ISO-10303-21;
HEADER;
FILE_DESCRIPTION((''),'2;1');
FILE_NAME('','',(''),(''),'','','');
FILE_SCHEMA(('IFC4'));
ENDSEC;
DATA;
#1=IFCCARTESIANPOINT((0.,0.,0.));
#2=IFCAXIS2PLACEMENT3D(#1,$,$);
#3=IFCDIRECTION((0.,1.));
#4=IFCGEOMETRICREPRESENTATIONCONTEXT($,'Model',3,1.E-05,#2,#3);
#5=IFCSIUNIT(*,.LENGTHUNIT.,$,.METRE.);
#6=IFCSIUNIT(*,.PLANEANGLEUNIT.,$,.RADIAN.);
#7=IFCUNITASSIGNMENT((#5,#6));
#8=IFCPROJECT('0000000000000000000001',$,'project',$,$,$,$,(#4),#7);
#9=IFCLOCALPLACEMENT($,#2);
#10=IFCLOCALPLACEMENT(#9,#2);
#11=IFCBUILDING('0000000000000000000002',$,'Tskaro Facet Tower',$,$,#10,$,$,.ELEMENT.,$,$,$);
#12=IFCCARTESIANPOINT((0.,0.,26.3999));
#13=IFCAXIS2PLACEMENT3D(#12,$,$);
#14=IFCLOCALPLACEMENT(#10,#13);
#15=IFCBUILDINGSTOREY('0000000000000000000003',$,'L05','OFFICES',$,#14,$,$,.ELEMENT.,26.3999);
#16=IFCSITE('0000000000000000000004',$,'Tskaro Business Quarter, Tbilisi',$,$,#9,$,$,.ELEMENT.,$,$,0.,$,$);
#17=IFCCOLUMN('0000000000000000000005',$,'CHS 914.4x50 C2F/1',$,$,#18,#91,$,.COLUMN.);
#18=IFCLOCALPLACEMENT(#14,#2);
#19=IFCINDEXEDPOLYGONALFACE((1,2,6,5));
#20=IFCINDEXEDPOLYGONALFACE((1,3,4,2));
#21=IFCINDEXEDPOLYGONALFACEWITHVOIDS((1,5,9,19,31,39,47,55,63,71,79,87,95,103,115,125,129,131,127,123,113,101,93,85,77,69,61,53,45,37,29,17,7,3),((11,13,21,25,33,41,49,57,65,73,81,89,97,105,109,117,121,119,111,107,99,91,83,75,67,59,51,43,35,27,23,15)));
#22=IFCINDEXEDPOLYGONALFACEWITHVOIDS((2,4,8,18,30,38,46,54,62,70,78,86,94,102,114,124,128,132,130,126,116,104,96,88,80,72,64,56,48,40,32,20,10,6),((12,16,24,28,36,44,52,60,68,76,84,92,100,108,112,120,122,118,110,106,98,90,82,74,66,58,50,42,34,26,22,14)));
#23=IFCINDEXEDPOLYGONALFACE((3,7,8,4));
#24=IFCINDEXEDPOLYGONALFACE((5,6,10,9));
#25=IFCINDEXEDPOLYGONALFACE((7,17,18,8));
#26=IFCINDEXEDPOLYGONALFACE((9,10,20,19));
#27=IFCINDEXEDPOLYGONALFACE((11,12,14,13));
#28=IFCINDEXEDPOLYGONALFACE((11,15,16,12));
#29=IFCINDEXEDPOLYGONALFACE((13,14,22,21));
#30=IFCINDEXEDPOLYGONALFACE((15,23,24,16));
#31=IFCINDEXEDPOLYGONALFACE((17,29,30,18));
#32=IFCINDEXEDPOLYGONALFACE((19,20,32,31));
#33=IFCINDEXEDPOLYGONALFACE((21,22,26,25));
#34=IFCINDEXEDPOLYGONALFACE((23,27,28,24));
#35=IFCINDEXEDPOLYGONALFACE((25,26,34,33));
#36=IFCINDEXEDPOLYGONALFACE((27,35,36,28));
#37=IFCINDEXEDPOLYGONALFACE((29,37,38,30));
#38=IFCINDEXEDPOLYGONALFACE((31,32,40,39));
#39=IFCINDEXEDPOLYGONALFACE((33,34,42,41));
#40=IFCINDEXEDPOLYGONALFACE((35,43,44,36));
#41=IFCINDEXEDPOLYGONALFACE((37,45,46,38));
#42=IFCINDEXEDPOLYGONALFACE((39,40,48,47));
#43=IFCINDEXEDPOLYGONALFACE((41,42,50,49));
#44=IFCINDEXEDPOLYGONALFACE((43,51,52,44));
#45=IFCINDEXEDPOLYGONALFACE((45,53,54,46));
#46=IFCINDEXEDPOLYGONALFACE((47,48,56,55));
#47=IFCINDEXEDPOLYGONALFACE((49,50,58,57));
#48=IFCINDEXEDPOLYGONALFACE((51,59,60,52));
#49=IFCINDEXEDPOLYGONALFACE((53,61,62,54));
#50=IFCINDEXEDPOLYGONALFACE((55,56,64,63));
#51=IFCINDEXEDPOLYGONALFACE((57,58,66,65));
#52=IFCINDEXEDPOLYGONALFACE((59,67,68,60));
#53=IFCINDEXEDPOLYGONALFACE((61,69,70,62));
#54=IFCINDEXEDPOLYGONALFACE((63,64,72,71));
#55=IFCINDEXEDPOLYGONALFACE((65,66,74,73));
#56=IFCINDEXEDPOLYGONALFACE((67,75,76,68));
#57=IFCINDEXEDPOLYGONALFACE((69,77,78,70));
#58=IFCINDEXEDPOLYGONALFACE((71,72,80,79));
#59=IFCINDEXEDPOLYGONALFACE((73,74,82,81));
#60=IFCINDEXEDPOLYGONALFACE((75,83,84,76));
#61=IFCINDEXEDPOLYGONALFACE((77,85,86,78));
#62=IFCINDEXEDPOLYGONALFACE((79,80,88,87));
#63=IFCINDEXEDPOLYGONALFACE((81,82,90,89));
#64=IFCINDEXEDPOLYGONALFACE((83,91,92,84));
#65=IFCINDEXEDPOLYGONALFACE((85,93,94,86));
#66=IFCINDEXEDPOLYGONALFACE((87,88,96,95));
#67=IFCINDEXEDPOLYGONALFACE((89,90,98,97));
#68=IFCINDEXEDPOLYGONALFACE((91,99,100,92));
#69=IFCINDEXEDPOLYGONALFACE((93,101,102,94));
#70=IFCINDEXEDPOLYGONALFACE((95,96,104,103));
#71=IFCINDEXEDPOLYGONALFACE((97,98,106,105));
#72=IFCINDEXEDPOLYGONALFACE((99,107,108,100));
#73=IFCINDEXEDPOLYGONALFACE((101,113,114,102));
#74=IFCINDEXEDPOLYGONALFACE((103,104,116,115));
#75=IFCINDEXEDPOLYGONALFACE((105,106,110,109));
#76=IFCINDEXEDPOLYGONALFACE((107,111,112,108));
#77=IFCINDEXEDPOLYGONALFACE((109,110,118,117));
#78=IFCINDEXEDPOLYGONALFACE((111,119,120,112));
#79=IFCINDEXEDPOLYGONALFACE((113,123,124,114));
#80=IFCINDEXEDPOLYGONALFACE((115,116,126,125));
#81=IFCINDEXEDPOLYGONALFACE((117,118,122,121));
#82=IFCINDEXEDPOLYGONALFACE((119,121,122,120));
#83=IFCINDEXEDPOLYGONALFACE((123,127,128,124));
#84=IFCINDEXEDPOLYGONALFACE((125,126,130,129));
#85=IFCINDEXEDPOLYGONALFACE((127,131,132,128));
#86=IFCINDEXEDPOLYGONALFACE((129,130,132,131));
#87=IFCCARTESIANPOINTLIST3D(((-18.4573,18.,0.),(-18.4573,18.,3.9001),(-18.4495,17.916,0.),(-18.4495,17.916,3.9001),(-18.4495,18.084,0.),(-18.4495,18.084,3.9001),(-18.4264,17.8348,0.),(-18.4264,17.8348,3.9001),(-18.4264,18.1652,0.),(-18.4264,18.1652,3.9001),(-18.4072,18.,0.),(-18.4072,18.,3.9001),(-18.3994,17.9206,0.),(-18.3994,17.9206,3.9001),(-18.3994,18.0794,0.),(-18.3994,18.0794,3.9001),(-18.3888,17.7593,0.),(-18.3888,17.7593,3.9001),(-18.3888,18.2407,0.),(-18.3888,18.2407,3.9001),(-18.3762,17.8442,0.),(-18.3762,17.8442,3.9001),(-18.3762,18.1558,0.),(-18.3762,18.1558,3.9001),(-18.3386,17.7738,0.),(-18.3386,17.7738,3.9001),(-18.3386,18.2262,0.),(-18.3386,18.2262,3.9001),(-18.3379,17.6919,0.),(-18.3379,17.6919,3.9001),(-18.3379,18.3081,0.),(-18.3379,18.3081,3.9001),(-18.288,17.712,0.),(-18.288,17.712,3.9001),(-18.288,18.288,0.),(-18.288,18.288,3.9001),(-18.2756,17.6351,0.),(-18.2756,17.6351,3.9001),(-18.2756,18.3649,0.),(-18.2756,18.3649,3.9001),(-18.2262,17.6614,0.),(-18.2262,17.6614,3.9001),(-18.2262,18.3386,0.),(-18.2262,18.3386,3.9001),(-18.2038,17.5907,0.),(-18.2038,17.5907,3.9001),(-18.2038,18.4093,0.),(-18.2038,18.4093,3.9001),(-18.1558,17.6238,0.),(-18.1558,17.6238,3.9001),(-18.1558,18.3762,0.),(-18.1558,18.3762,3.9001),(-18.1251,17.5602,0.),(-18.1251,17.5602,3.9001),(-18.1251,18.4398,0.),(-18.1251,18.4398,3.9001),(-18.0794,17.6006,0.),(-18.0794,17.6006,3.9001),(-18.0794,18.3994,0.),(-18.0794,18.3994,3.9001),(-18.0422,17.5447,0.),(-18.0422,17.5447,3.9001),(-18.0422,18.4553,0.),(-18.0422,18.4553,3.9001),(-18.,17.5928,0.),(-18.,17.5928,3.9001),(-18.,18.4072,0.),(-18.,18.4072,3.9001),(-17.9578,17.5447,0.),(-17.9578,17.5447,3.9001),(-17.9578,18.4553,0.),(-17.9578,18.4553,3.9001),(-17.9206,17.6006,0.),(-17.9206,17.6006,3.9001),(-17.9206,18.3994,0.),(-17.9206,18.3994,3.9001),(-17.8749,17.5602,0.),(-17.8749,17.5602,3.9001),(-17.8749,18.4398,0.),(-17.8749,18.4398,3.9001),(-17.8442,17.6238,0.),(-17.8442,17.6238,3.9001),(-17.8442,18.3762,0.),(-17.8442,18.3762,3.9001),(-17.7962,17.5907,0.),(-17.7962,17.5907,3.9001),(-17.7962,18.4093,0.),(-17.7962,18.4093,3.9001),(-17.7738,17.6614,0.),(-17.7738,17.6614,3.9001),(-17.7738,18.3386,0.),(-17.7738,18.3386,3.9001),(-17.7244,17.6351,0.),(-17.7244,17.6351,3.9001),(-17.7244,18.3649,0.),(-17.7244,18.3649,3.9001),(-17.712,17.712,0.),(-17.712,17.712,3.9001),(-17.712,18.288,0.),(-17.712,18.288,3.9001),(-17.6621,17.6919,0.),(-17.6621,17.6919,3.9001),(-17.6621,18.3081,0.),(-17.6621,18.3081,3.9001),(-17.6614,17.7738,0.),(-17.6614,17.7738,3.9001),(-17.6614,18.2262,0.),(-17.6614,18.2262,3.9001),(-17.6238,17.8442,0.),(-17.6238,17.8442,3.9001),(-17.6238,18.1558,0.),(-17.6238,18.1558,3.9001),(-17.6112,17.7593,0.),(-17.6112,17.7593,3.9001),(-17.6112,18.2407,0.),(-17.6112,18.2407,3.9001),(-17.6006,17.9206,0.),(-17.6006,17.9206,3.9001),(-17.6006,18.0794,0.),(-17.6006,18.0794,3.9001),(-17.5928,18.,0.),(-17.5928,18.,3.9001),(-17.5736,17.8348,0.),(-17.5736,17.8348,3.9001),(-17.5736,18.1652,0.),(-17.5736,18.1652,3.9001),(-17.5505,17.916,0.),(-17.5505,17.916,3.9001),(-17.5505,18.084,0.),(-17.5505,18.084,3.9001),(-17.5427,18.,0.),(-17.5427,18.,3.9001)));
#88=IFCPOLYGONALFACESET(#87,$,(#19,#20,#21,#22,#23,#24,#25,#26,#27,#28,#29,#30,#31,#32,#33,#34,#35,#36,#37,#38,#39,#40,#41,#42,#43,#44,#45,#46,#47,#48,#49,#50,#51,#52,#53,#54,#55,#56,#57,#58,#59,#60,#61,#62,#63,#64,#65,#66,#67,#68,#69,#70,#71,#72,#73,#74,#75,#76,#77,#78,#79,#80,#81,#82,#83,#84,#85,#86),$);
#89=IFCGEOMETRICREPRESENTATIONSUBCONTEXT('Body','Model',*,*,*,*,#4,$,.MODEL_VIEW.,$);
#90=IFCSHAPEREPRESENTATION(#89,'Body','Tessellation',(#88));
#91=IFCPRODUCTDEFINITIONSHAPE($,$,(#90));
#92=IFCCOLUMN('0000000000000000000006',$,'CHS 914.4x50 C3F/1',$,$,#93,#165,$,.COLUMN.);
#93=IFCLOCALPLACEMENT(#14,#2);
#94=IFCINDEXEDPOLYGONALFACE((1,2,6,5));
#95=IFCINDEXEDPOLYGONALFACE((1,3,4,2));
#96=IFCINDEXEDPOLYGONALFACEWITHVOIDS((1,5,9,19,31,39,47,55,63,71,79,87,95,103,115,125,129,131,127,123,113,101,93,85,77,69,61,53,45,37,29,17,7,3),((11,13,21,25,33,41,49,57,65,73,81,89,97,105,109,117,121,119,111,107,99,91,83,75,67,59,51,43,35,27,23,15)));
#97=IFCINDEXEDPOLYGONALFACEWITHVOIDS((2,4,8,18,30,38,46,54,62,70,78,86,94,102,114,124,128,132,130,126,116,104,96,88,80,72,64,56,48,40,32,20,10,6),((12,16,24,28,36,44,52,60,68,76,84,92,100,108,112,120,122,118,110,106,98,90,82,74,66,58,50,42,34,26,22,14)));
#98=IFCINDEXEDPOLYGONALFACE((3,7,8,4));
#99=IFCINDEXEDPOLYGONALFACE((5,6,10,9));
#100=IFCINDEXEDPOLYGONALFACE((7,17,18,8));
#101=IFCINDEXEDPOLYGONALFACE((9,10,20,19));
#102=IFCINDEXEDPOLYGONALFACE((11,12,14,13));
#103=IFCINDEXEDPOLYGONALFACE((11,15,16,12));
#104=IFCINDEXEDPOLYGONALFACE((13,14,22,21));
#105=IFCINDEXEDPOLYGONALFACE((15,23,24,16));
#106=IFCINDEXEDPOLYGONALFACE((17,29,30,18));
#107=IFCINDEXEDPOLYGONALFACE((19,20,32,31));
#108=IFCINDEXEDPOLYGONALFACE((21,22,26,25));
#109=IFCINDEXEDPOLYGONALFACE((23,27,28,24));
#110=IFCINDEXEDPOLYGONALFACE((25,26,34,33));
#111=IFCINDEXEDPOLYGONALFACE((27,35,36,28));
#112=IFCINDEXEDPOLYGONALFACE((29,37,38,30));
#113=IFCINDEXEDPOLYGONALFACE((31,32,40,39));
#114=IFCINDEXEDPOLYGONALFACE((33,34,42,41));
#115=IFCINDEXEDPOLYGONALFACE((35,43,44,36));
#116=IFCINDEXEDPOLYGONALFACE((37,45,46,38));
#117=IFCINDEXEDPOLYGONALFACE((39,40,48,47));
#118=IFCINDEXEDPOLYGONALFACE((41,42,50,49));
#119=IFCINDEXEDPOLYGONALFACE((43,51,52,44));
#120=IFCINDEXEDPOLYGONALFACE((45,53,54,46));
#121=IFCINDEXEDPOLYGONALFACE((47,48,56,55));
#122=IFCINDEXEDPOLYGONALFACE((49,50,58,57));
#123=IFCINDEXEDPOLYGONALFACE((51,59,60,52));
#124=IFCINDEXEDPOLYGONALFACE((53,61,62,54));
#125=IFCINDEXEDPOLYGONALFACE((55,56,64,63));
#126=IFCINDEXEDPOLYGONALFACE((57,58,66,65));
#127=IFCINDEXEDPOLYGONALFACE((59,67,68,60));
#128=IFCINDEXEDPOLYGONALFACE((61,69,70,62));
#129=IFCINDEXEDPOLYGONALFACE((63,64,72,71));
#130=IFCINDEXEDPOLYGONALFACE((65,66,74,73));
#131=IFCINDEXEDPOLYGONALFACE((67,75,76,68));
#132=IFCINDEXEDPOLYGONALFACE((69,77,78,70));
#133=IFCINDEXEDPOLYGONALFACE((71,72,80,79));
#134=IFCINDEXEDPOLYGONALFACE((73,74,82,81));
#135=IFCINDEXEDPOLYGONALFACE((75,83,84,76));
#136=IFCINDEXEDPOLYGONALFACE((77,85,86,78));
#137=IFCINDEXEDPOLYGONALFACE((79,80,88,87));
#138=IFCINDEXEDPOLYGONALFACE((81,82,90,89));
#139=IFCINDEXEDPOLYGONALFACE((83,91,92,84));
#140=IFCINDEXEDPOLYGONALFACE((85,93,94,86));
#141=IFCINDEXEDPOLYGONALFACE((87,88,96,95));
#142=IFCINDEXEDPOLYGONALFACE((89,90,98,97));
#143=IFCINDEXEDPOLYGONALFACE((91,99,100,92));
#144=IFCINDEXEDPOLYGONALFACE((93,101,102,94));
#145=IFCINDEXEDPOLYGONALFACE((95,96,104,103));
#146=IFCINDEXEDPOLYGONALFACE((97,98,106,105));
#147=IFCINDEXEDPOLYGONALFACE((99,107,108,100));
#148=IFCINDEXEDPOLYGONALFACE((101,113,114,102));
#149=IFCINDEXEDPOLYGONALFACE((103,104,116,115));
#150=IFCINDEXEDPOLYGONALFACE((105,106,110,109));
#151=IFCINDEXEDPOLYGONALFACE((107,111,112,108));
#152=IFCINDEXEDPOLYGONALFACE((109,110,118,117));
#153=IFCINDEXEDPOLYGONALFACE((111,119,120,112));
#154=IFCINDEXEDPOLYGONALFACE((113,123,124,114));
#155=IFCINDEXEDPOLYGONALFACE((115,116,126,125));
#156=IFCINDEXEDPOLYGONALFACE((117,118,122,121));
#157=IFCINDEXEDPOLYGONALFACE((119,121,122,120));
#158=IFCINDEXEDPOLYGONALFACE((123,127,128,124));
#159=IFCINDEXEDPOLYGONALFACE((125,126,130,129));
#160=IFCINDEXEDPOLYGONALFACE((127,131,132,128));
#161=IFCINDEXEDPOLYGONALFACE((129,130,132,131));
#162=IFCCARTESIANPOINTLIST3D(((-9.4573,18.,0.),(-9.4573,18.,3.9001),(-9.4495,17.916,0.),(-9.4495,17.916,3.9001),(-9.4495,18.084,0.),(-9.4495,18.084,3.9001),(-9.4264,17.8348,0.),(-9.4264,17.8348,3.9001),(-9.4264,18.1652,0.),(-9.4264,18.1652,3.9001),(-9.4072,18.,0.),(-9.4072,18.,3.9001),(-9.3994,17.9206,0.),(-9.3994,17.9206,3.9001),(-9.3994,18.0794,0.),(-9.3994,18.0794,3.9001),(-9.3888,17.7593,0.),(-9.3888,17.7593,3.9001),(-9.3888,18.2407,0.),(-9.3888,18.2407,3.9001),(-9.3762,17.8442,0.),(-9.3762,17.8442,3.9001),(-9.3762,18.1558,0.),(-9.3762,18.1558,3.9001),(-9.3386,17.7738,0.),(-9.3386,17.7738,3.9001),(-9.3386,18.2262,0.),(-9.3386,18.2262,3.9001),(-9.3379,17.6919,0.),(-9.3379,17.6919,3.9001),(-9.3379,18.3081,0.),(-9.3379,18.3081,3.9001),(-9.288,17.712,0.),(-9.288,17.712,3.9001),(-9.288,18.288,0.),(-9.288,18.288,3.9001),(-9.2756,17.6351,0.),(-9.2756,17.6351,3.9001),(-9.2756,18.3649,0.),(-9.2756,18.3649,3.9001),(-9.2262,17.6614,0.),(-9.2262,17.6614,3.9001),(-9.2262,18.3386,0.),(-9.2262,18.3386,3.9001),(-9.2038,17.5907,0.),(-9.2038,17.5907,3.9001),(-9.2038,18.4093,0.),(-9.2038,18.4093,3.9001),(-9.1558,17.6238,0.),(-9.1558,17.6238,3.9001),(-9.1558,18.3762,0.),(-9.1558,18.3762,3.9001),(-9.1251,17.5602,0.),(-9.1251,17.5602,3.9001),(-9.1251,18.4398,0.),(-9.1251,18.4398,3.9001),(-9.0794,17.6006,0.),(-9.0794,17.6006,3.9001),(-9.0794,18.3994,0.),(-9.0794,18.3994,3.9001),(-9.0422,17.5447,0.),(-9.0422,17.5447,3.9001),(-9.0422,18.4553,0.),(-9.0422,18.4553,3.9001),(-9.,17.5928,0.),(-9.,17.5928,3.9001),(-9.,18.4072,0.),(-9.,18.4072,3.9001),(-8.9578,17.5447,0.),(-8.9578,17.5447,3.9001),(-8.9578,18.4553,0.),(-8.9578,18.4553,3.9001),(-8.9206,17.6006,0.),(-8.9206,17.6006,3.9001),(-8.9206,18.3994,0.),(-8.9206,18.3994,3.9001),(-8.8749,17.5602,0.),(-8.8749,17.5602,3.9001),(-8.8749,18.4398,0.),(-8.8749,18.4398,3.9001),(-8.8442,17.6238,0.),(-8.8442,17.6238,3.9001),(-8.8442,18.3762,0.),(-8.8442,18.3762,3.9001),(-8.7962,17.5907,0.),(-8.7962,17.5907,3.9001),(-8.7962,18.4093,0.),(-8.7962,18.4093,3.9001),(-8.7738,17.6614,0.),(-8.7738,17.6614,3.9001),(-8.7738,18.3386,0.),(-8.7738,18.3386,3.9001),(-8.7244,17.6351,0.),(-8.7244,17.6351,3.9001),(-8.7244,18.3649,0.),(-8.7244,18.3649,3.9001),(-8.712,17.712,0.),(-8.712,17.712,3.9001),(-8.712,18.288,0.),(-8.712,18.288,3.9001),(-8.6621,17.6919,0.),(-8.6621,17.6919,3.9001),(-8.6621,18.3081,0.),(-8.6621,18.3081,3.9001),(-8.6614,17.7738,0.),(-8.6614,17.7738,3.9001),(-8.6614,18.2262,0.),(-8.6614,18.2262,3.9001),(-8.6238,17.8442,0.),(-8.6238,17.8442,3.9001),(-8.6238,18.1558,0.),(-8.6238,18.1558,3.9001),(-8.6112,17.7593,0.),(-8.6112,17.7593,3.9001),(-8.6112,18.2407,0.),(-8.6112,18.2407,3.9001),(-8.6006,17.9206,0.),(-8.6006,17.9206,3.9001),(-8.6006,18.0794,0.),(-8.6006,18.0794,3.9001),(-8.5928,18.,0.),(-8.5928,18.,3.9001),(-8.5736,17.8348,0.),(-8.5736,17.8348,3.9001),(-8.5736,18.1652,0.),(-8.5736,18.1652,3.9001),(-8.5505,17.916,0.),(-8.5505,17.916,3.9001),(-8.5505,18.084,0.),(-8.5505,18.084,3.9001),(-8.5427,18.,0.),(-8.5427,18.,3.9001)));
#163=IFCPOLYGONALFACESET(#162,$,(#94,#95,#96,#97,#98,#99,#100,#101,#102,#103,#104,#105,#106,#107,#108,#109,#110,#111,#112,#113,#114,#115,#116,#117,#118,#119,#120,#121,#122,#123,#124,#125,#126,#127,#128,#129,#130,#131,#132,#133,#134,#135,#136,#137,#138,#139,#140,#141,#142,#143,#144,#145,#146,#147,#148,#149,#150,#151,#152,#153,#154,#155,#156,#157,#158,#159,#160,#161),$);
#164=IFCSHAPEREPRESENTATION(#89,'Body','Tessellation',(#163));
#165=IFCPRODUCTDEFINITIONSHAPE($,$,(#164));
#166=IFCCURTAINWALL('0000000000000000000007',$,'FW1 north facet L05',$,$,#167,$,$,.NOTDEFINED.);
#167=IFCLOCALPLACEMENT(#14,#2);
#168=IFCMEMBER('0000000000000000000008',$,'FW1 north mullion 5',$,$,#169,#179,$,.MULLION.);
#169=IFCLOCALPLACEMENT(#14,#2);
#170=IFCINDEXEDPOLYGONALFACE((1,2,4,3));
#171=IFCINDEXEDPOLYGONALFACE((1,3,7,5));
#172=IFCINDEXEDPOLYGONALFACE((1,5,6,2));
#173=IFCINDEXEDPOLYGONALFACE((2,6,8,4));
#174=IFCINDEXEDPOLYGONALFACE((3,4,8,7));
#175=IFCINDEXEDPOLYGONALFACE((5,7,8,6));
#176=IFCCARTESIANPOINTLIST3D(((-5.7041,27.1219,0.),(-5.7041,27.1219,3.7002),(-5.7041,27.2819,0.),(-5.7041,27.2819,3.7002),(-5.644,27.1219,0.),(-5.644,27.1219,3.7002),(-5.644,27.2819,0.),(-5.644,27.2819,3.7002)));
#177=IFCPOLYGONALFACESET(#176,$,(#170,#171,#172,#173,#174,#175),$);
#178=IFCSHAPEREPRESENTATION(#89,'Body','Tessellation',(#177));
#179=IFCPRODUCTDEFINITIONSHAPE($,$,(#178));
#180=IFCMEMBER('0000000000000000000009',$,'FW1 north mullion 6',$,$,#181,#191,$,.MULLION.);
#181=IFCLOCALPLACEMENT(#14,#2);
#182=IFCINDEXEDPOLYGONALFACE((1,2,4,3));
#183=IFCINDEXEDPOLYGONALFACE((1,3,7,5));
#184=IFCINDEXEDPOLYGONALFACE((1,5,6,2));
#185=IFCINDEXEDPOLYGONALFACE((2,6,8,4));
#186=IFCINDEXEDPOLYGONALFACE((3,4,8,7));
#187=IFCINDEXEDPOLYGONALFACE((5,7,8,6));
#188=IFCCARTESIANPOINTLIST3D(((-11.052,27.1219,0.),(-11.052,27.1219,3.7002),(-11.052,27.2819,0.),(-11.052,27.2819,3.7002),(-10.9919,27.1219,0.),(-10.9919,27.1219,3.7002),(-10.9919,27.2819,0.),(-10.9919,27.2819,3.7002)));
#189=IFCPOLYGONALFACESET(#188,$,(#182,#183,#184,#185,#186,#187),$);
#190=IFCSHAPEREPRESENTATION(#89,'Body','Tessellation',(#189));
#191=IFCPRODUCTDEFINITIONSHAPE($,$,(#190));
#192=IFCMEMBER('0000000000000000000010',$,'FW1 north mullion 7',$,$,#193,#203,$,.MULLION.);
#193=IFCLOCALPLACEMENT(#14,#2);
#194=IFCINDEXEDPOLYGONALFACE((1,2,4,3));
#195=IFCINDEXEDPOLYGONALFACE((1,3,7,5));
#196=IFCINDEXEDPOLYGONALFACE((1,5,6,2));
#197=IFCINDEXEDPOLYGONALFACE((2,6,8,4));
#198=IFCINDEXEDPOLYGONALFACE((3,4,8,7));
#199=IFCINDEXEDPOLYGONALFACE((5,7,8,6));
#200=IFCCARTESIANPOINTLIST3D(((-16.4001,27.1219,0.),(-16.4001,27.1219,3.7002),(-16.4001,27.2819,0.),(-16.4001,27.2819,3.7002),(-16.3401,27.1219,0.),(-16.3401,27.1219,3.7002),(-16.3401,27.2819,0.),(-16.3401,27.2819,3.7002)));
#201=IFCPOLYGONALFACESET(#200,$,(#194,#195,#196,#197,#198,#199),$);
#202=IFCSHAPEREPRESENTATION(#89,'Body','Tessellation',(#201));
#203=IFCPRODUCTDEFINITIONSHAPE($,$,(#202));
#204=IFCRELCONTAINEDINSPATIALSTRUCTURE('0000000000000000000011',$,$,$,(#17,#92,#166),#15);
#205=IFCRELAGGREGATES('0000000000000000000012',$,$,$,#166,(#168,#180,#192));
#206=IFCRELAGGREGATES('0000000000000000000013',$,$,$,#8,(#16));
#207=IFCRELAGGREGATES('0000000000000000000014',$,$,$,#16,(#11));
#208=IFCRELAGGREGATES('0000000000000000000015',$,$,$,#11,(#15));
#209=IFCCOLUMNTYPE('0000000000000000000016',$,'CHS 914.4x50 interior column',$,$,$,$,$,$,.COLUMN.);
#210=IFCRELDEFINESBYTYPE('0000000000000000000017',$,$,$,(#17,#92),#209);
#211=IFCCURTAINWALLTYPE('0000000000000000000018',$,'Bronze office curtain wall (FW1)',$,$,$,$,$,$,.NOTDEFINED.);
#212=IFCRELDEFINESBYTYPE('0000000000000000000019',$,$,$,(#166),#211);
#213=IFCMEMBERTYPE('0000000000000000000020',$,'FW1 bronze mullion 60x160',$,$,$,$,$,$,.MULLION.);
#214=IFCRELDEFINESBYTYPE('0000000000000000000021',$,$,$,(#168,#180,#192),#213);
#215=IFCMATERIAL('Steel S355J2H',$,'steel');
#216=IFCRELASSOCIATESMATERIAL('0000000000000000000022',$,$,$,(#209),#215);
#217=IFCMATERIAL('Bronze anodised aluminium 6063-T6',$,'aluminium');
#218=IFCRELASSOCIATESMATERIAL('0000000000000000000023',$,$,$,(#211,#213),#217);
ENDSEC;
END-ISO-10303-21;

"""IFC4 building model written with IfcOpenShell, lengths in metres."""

from ifc_helpers import new_model, si_unit, direction, frame, origin, origin_2d, place, context, subcontext, project, spatial, rectangle, hollow_circle, extrude, material, material_profile, profile_set, type_object, element, aggregate, save


model = new_model("IFC4")

# Units and contexts
model_context = context("Model", 3, precision=1e-05, world=origin(), true_north=direction((0.0, 1.0)))
body_context = subcontext(model_context, "Body", "Model", "MODEL_VIEW")
ifc_project = project(units=[si_unit("LENGTHUNIT", "METRE"), si_unit("PLANEANGLEUNIT", "RADIAN")], contexts=[model_context])

# Site, building, storey
site_placement = place(None, origin())
site = spatial("IfcSite", under=ifc_project, at=site_placement, Name="Tskaro Business Quarter, Tbilisi", CompositionType="ELEMENT", RefElevation=0.0)
building_placement = place(site_placement, origin())
building = spatial("IfcBuilding", under=site, at=building_placement, Name="Tskaro Facet Tower", CompositionType="ELEMENT")
storey_placement = place(building_placement, frame((0.0, 0.0, 26.3999)))
storey = spatial("IfcBuildingStorey", under=building, at=storey_placement, Name="L05", Description="OFFICES", CompositionType="ELEMENT", Elevation=26.3999)

# Columns
ifc_material_1 = material(Name="Steel S355J2H", Category="steel")
ifc_material_profile_1 = material_profile(ifc_material_1, hollow_circle(Radius=0.4573, WallThickness=0.05, at=origin_2d()), Name="CHS 914.4x50")
ifc_profile_set_1 = profile_set([ifc_material_profile_1], Name="Steel S355J2H")
column_type_1 = type_object("IfcColumnType", Name="CHS 914.4x50 interior column", PredefinedType="COLUMN", material=ifc_profile_set_1)
for number, where, z_axis, x_axis, name in (
    (1, (-18.0, 18.0, 0.0), (0.0, 0.0, 1.0), (1.0, 0.0, 0.0), "CHS 914.4x50 C2F/1"),
    (2, (-9.0, 18.0, 0.0), (0.0, 0.0, 1.0), (1.0, 0.0, 0.0), "CHS 914.4x50 C3F/1"),
):
    element("IfcColumn", number, at=place(storey_placement, frame(where, z_axis=z_axis, x_axis=x_axis)), inside=storey, type_object=column_type_1, Name=name, PredefinedType="COLUMN", context=body_context, shape_type="SweptSolid", body=[
        extrude(hollow_circle(Radius=0.4573, WallThickness=0.05, at=origin_2d()), origin(), (0.0, 0.0, 1.0), 3.9001),
    ])

# Curtain wall, members
ifc_material_2 = material(Name="Bronze anodised aluminium 6063-T6", Category="aluminium")
curtain_wall_type = type_object("IfcCurtainWallType", Name="Bronze office curtain wall (FW1)", PredefinedType="NOTDEFINED", material=ifc_material_2)
curtain_wall_placement = place(storey_placement, origin())
curtain_wall = element("IfcCurtainWall", 3, at=curtain_wall_placement, inside=storey, type_object=curtain_wall_type, Name="FW1 north facet L05", PredefinedType="NOTDEFINED")
ifc_material_profile_2 = material_profile(ifc_material_2, rectangle(XDim=0.0601, YDim=0.1599, at=origin_2d()), Name="Mullion 60x160")
ifc_profile_set_2 = profile_set([ifc_material_profile_2], Name="Bronze anodised aluminium 6063-T6")
member_type_1 = type_object("IfcMemberType", Name="FW1 bronze mullion 60x160", PredefinedType="MULLION", material=ifc_profile_set_2)
member_1_placement = place(storey_placement, frame((-5.6741, 27.2019, 0.0), z_axis=(0.0, 0.0, 1.0), x_axis=(-1.0, 0.0, 0.0)))
member_1 = element("IfcMember", 4, at=member_1_placement, type_object=member_type_1, Name="FW1 north mullion 5", PredefinedType="MULLION", context=body_context, shape_type="SweptSolid", body=[
    extrude(rectangle(XDim=0.0601, YDim=0.1599, at=origin_2d()), origin(), (0.0, 0.0, 1.0), 3.7002),
])
member_2_placement = place(storey_placement, frame((-11.022, 27.2019, 0.0), z_axis=(0.0, 0.0, 1.0), x_axis=(-1.0, 0.0, 0.0)))
member_2 = element("IfcMember", 5, at=member_2_placement, type_object=member_type_1, Name="FW1 north mullion 6", PredefinedType="MULLION", context=body_context, shape_type="SweptSolid", body=[
    extrude(rectangle(XDim=0.0601, YDim=0.1599, at=origin_2d()), origin(), (0.0, 0.0, 1.0), 3.7002),
])
member_3_placement = place(storey_placement, frame((-16.3701, 27.2019, 0.0), z_axis=(0.0, 0.0, 1.0), x_axis=(-1.0, 0.0, 0.0)))
member_3 = element("IfcMember", 6, at=member_3_placement, type_object=member_type_1, Name="FW1 north mullion 7", PredefinedType="MULLION", context=body_context, shape_type="SweptSolid", body=[
    extrude(rectangle(XDim=0.0601, YDim=0.1599, at=origin_2d()), origin(), (0.0, 0.0, 1.0), 3.7002),
])

aggregate(curtain_wall, [member_1, member_2, member_3])

save(model, "model.ifc")
